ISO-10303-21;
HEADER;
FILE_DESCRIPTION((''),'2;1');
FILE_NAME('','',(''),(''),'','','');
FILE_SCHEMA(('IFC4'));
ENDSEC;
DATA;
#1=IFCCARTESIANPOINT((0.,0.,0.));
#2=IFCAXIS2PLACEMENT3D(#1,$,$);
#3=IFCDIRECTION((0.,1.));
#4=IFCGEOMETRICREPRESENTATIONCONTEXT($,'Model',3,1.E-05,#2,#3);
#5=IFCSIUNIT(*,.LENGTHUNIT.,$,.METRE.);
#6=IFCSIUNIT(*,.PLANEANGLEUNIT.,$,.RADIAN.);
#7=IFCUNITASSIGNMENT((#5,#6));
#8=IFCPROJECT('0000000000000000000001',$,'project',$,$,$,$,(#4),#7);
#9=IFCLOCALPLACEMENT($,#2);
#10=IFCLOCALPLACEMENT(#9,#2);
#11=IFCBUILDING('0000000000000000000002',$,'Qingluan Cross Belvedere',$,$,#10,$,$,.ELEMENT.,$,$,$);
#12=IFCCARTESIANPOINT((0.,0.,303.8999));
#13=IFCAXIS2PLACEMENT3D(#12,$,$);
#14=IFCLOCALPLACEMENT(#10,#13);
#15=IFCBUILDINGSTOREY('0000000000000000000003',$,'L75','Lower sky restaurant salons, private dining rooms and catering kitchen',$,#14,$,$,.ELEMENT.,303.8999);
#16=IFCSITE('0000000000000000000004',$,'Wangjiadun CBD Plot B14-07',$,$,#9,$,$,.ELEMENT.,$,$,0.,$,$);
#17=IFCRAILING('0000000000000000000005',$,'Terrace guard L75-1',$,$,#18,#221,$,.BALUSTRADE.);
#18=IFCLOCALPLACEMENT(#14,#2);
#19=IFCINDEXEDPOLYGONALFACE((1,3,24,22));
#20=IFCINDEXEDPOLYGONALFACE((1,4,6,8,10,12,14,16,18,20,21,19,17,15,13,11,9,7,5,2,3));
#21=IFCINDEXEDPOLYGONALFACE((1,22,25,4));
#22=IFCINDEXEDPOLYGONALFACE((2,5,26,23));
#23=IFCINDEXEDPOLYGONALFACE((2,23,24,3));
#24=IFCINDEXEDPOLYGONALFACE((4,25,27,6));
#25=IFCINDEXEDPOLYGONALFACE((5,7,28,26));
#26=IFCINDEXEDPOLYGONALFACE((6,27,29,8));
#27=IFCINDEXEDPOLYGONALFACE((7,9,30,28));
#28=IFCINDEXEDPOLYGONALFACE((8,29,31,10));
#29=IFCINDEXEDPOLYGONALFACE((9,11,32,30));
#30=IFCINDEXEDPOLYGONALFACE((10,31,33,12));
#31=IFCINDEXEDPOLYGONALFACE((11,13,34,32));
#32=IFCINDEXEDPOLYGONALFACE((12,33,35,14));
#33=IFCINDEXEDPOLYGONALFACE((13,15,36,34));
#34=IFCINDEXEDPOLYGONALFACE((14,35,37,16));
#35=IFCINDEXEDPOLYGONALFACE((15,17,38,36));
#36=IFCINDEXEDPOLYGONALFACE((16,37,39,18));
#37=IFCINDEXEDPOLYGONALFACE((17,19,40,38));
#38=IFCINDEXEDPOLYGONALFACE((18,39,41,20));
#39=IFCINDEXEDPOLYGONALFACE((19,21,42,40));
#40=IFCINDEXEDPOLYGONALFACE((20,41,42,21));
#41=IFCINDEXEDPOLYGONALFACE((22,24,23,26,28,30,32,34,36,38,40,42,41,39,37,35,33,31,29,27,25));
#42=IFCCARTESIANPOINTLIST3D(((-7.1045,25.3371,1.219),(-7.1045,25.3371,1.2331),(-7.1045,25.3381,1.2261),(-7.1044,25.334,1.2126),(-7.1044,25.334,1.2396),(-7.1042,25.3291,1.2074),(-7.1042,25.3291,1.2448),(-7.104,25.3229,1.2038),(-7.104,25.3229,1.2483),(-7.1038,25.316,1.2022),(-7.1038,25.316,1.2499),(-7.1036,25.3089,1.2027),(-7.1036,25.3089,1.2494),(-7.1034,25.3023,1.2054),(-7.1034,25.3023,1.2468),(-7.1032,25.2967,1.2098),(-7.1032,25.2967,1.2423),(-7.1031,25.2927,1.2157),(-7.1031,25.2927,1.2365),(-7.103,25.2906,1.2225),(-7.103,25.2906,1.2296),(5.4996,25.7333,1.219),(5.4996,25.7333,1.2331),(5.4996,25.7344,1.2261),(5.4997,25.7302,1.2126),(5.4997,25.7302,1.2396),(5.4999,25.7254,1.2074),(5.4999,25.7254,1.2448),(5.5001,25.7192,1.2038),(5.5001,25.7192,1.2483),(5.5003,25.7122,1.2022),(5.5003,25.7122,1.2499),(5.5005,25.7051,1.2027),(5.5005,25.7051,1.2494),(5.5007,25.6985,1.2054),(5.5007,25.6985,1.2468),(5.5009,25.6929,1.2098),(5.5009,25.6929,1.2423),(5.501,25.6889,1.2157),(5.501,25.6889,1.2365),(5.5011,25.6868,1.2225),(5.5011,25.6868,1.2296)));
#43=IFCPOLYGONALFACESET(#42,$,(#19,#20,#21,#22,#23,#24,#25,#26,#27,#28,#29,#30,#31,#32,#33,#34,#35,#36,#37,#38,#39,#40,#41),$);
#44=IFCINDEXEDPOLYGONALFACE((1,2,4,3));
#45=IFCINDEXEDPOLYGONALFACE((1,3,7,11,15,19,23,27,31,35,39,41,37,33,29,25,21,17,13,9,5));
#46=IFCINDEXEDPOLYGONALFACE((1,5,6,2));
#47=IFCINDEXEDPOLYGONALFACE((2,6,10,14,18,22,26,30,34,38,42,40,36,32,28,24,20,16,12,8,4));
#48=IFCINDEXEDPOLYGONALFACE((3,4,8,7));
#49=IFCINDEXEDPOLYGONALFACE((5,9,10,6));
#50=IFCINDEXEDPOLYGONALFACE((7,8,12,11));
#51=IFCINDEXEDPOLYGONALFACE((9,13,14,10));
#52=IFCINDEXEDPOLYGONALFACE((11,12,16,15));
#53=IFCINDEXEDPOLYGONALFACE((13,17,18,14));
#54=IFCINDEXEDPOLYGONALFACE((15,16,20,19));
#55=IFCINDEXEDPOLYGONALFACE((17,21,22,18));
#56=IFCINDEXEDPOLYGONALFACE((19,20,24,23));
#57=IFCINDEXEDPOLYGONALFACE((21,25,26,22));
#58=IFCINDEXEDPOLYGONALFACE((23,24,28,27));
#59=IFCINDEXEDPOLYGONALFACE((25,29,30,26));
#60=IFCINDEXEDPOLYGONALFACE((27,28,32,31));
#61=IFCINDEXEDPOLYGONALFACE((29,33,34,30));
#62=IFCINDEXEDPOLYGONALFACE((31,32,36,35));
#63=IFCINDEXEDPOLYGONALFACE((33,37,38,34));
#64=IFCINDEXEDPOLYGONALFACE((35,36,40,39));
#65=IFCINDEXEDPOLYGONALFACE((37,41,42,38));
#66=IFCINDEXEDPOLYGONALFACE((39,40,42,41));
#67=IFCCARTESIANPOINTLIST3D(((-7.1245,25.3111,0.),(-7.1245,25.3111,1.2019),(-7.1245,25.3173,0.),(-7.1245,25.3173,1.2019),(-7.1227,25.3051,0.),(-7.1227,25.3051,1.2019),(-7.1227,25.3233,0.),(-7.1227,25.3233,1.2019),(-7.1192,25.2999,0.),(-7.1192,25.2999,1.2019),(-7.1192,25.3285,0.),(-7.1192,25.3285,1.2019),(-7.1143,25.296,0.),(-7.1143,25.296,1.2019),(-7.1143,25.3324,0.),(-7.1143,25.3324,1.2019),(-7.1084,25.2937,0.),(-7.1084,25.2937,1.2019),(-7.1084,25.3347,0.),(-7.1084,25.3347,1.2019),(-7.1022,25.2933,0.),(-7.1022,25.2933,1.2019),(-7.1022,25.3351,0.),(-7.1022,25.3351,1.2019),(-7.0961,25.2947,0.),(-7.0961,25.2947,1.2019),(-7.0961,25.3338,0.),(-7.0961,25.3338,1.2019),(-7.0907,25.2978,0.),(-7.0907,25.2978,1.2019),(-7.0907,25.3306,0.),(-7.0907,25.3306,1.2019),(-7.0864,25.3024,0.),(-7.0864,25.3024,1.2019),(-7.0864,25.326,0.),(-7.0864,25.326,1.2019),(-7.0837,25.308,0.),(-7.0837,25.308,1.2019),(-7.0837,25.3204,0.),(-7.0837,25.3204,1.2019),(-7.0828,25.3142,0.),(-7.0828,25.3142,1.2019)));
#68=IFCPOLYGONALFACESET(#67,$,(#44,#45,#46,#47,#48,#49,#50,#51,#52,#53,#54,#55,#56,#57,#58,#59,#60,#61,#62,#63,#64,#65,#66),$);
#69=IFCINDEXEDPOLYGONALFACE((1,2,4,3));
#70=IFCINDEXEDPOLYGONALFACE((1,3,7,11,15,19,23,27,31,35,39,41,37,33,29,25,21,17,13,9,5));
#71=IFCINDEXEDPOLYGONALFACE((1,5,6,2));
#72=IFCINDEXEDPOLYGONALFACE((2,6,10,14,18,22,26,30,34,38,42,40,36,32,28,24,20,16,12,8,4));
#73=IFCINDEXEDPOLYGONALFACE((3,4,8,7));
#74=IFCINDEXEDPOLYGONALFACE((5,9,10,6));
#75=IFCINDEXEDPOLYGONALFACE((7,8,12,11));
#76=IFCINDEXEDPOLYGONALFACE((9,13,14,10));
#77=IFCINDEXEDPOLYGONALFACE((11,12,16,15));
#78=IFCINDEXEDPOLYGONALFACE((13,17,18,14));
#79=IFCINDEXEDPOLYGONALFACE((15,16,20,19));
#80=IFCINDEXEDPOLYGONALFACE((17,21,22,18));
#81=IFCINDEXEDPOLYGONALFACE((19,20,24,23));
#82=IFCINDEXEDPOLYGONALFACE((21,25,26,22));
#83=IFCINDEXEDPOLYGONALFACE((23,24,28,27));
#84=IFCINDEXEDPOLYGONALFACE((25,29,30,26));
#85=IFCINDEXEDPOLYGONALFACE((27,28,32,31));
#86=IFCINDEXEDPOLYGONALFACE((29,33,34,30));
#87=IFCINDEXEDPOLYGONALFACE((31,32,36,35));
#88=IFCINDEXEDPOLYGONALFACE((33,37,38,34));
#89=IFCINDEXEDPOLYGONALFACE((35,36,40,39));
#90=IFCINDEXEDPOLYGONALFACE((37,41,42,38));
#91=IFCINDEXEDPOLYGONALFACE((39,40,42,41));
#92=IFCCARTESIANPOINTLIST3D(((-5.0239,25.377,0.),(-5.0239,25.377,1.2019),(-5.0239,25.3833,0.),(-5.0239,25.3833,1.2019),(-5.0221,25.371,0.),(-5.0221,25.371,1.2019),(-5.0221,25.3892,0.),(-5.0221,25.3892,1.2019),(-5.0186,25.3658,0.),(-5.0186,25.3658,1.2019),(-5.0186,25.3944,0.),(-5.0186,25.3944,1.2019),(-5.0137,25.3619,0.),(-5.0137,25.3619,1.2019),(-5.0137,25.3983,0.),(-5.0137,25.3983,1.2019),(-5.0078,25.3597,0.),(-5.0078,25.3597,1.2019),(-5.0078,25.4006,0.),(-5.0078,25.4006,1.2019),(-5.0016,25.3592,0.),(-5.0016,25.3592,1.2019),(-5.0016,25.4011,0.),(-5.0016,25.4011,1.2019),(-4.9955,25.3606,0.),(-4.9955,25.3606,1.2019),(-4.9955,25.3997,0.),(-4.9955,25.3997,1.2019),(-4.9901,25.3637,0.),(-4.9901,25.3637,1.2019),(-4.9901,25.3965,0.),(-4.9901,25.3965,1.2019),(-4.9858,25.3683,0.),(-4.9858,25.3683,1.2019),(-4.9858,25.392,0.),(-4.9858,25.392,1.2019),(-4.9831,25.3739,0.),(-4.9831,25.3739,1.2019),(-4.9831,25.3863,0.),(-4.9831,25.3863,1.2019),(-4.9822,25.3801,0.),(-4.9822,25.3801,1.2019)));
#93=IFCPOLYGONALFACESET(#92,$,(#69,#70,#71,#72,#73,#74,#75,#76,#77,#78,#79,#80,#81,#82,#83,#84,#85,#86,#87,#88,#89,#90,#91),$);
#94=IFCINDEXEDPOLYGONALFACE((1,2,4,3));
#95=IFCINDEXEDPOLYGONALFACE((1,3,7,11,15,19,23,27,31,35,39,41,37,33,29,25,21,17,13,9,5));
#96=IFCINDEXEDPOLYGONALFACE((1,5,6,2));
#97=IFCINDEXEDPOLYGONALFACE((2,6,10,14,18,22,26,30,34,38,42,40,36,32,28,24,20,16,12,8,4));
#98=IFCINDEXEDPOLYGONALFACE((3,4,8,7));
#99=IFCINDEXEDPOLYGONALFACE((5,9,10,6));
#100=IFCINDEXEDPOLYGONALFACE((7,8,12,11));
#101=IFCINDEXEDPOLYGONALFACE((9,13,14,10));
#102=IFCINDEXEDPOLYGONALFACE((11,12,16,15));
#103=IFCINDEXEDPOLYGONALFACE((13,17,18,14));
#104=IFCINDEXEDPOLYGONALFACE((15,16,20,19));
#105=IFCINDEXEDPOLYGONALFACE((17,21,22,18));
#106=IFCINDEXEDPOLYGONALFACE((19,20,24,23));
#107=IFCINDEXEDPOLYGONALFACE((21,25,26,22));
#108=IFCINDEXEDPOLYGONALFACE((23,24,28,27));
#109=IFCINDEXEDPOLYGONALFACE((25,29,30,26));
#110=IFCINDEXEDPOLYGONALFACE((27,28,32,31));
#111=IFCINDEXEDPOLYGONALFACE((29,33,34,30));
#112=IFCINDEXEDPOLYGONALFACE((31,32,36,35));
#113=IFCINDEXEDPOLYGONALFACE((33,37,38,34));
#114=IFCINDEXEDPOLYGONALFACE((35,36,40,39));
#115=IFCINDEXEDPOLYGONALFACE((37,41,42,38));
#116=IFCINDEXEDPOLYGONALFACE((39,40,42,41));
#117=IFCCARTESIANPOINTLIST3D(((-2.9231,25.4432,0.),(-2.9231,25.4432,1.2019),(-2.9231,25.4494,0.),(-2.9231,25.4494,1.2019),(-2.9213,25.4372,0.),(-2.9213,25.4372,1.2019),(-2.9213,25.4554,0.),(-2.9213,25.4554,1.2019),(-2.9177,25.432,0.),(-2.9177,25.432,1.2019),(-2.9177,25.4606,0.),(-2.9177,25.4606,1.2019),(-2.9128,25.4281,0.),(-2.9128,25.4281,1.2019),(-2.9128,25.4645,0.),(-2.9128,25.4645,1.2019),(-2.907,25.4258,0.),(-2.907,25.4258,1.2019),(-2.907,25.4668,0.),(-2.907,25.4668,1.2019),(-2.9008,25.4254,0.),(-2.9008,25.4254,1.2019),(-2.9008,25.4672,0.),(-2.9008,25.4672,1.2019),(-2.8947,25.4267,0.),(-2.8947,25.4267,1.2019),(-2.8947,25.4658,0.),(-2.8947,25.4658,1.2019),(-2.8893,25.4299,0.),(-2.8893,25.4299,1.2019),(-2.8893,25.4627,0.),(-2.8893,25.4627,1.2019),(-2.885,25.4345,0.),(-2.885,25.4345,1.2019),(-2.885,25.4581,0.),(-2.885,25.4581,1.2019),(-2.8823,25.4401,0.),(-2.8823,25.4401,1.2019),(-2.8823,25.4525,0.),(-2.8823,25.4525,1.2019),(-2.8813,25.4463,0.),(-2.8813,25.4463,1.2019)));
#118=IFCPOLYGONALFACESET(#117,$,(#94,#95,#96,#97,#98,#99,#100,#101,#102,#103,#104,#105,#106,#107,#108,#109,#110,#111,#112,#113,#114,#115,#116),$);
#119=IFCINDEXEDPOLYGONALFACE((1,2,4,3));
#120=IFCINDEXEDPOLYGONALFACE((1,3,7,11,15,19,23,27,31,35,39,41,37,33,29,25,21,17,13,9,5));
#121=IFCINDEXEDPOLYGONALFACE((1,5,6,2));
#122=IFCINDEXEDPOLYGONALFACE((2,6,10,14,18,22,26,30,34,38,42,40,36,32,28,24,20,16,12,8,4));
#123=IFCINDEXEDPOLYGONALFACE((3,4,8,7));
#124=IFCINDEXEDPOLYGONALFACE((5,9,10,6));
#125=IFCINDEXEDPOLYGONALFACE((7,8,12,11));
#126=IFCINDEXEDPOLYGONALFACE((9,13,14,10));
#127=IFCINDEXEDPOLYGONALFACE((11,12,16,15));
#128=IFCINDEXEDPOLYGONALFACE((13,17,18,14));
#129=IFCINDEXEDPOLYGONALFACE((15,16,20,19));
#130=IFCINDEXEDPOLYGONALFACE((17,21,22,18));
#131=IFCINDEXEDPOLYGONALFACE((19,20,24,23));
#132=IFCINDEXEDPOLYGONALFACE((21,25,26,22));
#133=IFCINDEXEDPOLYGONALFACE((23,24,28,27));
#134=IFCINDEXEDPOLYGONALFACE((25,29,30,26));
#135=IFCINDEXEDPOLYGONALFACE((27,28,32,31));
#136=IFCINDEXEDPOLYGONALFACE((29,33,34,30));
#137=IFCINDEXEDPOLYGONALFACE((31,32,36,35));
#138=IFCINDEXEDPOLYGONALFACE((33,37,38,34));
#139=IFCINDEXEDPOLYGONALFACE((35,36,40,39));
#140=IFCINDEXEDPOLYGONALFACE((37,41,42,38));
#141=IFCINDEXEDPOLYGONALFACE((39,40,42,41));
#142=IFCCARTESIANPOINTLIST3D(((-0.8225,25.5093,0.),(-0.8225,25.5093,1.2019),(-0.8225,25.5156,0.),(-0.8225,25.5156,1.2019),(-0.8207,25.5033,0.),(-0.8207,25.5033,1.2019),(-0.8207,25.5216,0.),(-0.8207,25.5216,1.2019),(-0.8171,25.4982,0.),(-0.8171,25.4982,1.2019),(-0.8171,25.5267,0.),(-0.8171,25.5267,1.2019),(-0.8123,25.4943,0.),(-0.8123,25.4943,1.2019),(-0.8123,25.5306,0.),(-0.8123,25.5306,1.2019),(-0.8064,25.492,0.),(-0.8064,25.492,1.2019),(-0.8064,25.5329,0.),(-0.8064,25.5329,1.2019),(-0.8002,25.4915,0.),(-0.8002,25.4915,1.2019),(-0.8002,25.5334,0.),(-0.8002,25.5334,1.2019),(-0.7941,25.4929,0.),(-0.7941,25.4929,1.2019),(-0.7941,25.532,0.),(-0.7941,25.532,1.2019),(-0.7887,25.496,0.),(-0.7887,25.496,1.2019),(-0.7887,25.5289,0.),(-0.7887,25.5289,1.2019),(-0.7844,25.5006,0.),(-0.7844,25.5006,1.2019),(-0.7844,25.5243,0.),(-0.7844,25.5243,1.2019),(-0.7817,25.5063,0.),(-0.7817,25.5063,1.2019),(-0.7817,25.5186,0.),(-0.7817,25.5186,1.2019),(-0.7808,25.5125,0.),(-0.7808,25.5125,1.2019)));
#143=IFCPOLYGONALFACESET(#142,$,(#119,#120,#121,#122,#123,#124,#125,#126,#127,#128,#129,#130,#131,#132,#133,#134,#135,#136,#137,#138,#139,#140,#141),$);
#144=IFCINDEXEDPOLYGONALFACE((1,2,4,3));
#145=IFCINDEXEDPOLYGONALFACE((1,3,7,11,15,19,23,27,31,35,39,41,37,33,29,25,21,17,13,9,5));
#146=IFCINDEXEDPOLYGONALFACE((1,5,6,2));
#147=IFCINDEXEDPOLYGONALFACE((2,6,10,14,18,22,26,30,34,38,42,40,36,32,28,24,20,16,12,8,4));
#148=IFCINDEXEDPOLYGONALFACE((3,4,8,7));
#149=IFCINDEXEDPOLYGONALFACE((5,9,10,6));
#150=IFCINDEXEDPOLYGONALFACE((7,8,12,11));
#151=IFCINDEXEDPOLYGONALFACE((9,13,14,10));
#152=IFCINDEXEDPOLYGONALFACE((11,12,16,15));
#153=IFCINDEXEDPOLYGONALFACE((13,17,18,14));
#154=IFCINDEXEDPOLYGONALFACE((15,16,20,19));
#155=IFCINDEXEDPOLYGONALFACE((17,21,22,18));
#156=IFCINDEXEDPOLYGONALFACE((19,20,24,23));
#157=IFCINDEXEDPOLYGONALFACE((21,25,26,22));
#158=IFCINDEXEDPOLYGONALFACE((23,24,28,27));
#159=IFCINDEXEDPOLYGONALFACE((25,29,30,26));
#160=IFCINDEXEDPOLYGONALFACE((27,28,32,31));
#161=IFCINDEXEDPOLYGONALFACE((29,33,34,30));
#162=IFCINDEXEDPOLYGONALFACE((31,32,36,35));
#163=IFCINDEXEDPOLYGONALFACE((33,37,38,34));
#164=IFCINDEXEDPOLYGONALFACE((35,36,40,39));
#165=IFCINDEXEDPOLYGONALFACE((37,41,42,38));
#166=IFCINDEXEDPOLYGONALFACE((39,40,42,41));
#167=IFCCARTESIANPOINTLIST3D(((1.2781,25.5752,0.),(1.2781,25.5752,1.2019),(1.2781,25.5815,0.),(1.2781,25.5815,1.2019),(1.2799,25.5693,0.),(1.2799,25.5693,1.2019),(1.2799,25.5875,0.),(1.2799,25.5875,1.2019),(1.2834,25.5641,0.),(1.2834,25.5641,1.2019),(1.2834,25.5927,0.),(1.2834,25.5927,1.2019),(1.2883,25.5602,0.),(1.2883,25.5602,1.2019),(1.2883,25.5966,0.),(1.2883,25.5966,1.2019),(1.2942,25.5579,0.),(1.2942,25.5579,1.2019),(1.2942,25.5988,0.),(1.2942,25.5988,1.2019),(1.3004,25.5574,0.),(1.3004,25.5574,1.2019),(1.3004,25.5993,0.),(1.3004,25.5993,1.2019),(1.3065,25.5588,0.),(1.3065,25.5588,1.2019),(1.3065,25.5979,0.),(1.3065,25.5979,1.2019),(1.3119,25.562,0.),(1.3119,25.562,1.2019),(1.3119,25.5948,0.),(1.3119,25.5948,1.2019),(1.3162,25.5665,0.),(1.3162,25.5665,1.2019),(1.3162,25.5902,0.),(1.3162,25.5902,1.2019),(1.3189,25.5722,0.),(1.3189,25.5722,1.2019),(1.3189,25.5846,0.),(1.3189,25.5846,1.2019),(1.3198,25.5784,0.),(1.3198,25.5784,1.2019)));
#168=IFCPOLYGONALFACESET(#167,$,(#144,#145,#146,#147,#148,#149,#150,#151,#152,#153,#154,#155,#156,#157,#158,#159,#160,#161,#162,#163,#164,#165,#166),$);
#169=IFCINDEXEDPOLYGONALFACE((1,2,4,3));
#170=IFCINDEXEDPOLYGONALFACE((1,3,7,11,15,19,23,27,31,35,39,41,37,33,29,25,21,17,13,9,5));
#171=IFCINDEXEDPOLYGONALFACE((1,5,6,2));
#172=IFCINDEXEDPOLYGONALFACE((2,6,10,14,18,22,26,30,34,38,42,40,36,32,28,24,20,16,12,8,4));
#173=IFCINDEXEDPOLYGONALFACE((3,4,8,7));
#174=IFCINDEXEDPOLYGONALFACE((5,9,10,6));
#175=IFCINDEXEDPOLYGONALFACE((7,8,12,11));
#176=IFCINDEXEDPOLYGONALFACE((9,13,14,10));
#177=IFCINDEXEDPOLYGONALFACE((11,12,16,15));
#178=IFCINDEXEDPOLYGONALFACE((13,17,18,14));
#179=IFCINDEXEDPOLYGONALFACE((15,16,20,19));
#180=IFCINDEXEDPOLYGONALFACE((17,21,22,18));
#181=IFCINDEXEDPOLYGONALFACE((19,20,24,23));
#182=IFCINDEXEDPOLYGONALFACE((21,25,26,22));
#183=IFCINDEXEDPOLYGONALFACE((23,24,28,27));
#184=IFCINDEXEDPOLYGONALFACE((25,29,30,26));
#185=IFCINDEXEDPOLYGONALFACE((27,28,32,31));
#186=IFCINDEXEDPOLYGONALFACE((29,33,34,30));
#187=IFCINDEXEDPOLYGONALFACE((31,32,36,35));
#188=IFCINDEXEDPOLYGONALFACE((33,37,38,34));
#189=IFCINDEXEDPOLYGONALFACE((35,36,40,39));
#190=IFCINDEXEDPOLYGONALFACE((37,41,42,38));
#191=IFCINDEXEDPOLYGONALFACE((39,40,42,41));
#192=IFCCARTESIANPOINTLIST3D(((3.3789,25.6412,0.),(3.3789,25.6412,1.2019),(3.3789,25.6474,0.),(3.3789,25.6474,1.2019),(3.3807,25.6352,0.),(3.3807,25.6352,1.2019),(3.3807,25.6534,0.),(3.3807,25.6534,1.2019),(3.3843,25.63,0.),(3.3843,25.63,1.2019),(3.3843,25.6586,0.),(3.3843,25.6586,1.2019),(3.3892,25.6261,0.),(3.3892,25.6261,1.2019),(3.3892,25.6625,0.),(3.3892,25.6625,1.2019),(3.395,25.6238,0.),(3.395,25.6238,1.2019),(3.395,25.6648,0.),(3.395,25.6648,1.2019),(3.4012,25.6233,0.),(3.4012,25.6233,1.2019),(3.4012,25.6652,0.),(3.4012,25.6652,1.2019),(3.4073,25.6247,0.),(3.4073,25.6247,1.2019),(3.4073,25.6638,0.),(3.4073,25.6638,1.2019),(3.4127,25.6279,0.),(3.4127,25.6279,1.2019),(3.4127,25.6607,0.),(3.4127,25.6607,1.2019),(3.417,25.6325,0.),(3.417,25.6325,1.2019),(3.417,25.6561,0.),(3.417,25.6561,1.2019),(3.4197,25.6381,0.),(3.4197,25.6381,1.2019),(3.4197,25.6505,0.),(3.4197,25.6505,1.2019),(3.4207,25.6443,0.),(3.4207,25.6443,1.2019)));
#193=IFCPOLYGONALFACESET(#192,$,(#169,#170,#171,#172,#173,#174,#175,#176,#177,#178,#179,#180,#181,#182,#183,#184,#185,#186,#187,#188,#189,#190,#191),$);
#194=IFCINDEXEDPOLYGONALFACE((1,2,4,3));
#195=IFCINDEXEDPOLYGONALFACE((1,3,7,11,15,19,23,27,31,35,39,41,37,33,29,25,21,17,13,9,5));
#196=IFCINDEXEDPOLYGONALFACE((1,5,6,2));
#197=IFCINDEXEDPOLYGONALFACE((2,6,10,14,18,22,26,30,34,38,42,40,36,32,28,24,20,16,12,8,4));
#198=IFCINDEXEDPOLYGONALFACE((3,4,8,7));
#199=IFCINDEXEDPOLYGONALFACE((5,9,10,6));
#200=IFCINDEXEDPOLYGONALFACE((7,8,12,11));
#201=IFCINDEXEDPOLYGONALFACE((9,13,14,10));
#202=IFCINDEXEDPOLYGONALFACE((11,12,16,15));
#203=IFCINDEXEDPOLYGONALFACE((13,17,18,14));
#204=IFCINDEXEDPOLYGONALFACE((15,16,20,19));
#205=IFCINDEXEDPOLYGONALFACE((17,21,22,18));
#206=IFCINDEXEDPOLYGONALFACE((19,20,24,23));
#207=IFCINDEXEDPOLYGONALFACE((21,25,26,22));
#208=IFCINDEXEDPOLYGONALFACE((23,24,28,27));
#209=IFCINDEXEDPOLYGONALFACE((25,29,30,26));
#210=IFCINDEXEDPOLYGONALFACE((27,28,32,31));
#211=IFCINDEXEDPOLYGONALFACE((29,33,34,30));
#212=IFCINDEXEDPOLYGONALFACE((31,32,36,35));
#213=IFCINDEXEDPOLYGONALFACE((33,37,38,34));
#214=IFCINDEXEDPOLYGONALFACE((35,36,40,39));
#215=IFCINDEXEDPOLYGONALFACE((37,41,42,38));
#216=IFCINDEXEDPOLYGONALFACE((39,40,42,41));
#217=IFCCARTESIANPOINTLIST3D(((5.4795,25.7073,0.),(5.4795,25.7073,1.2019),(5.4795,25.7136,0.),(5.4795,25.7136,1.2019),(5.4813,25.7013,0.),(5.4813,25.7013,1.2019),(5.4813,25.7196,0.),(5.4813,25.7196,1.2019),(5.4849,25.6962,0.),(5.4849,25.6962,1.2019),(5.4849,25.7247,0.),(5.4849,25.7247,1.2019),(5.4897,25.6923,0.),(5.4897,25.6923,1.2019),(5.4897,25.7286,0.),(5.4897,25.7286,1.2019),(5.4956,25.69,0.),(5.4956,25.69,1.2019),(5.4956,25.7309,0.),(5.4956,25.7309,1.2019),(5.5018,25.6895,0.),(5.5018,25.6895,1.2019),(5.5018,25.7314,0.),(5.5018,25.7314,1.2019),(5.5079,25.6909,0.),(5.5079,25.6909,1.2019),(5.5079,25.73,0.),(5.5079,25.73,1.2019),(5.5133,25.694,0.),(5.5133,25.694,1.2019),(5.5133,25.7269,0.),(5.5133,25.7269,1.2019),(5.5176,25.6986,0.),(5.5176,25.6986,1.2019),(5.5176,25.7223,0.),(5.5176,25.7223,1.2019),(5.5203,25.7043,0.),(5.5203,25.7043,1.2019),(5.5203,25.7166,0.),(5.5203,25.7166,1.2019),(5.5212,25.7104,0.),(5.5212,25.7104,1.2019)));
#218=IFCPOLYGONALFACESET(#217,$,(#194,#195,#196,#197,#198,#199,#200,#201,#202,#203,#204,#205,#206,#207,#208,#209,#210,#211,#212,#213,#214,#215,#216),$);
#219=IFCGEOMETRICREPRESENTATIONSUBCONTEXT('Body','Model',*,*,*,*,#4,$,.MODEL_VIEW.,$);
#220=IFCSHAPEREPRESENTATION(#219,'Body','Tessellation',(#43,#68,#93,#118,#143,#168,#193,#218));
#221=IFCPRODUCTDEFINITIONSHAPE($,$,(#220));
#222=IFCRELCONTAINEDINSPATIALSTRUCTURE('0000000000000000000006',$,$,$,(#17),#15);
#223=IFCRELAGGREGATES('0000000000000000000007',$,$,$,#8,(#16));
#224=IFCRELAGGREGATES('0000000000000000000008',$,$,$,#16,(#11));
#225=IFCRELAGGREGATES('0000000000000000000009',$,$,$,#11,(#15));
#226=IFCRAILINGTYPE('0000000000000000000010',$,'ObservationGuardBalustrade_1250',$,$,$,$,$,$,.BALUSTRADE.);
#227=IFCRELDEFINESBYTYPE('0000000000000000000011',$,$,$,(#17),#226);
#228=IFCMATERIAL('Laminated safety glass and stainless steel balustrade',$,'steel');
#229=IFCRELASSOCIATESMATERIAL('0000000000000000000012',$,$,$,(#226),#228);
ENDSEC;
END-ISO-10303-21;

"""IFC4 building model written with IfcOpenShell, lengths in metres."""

from ifc_helpers import new_model, si_unit, direction, frame, origin, origin_2d, place, context, subcontext, project, spatial, circle, extrude, material, type_object, element, save


model = new_model("IFC4")

# Units and contexts
model_context = context("Model", 3, precision=1e-05, world=origin(), true_north=direction((0.0, 1.0)))
body_context = subcontext(model_context, "Body", "Model", "MODEL_VIEW")
ifc_project = project(units=[si_unit("LENGTHUNIT", "METRE"), si_unit("PLANEANGLEUNIT", "RADIAN")], contexts=[model_context])

# Site, building, storey
site_placement = place(None, origin())
site = spatial("IfcSite", under=ifc_project, at=site_placement, Name="Wangjiadun CBD Plot B14-07", CompositionType="ELEMENT", RefElevation=0.0)
building_placement = place(site_placement, origin())
building = spatial("IfcBuilding", under=site, at=building_placement, Name="Qingluan Cross Belvedere", CompositionType="ELEMENT")
storey_placement = place(building_placement, frame((0.0, 0.0, 303.8999)))
storey = spatial("IfcBuildingStorey", under=building, at=storey_placement, Name="L75", Description="Lower sky restaurant salons, private dining rooms and catering kitchen", CompositionType="ELEMENT", Elevation=303.8999)

# Railing
ifc_material_1 = material(Name="Laminated safety glass and stainless steel balustrade", Category="steel")
railing_type = type_object("IfcRailingType", Name="ObservationGuardBalustrade_1250", PredefinedType="BALUSTRADE", material=ifc_material_1)
railing_placement = place(storey_placement, frame((-7.1038, 25.3142, 0.0)))
element("IfcRailing", 1, at=railing_placement, inside=storey, type_object=railing_type, Name="Terrace guard L75-1", PredefinedType="BALUSTRADE", context=body_context, shape_type="SweptSolid", body=[
    extrude(circle(Radius=0.0239, at=origin_2d()), frame((0.0, 0.0, 1.2261), z_axis=(0.999506, 0.031422, 0.0), x_axis=(-0.031422, 0.999506, 0.0)), (0.0, 0.0, 1.0), 12.6104),
    extrude(circle(Radius=0.021, at=origin_2d()), origin(), (0.0, 0.0, 1.0), 1.2019),
    extrude(circle(Radius=0.021, at=origin_2d()), frame((2.1006, 0.0659, 0.0)), (0.0, 0.0, 1.0), 1.2019),
    extrude(circle(Radius=0.021, at=origin_2d()), frame((4.2014, 0.1321, 0.0)), (0.0, 0.0, 1.0), 1.2019),
    extrude(circle(Radius=0.021, at=origin_2d()), frame((6.302, 0.1982, 0.0)), (0.0, 0.0, 1.0), 1.2019),
    extrude(circle(Radius=0.021, at=origin_2d()), frame((8.4026, 0.2642, 0.0)), (0.0, 0.0, 1.0), 1.2019),
    extrude(circle(Radius=0.021, at=origin_2d()), frame((10.5034, 0.3301, 0.0)), (0.0, 0.0, 1.0), 1.2019),
    extrude(circle(Radius=0.021, at=origin_2d()), frame((12.604, 0.3962, 0.0)), (0.0, 0.0, 1.0), 1.2019),
])

save(model, "model.ifc")
